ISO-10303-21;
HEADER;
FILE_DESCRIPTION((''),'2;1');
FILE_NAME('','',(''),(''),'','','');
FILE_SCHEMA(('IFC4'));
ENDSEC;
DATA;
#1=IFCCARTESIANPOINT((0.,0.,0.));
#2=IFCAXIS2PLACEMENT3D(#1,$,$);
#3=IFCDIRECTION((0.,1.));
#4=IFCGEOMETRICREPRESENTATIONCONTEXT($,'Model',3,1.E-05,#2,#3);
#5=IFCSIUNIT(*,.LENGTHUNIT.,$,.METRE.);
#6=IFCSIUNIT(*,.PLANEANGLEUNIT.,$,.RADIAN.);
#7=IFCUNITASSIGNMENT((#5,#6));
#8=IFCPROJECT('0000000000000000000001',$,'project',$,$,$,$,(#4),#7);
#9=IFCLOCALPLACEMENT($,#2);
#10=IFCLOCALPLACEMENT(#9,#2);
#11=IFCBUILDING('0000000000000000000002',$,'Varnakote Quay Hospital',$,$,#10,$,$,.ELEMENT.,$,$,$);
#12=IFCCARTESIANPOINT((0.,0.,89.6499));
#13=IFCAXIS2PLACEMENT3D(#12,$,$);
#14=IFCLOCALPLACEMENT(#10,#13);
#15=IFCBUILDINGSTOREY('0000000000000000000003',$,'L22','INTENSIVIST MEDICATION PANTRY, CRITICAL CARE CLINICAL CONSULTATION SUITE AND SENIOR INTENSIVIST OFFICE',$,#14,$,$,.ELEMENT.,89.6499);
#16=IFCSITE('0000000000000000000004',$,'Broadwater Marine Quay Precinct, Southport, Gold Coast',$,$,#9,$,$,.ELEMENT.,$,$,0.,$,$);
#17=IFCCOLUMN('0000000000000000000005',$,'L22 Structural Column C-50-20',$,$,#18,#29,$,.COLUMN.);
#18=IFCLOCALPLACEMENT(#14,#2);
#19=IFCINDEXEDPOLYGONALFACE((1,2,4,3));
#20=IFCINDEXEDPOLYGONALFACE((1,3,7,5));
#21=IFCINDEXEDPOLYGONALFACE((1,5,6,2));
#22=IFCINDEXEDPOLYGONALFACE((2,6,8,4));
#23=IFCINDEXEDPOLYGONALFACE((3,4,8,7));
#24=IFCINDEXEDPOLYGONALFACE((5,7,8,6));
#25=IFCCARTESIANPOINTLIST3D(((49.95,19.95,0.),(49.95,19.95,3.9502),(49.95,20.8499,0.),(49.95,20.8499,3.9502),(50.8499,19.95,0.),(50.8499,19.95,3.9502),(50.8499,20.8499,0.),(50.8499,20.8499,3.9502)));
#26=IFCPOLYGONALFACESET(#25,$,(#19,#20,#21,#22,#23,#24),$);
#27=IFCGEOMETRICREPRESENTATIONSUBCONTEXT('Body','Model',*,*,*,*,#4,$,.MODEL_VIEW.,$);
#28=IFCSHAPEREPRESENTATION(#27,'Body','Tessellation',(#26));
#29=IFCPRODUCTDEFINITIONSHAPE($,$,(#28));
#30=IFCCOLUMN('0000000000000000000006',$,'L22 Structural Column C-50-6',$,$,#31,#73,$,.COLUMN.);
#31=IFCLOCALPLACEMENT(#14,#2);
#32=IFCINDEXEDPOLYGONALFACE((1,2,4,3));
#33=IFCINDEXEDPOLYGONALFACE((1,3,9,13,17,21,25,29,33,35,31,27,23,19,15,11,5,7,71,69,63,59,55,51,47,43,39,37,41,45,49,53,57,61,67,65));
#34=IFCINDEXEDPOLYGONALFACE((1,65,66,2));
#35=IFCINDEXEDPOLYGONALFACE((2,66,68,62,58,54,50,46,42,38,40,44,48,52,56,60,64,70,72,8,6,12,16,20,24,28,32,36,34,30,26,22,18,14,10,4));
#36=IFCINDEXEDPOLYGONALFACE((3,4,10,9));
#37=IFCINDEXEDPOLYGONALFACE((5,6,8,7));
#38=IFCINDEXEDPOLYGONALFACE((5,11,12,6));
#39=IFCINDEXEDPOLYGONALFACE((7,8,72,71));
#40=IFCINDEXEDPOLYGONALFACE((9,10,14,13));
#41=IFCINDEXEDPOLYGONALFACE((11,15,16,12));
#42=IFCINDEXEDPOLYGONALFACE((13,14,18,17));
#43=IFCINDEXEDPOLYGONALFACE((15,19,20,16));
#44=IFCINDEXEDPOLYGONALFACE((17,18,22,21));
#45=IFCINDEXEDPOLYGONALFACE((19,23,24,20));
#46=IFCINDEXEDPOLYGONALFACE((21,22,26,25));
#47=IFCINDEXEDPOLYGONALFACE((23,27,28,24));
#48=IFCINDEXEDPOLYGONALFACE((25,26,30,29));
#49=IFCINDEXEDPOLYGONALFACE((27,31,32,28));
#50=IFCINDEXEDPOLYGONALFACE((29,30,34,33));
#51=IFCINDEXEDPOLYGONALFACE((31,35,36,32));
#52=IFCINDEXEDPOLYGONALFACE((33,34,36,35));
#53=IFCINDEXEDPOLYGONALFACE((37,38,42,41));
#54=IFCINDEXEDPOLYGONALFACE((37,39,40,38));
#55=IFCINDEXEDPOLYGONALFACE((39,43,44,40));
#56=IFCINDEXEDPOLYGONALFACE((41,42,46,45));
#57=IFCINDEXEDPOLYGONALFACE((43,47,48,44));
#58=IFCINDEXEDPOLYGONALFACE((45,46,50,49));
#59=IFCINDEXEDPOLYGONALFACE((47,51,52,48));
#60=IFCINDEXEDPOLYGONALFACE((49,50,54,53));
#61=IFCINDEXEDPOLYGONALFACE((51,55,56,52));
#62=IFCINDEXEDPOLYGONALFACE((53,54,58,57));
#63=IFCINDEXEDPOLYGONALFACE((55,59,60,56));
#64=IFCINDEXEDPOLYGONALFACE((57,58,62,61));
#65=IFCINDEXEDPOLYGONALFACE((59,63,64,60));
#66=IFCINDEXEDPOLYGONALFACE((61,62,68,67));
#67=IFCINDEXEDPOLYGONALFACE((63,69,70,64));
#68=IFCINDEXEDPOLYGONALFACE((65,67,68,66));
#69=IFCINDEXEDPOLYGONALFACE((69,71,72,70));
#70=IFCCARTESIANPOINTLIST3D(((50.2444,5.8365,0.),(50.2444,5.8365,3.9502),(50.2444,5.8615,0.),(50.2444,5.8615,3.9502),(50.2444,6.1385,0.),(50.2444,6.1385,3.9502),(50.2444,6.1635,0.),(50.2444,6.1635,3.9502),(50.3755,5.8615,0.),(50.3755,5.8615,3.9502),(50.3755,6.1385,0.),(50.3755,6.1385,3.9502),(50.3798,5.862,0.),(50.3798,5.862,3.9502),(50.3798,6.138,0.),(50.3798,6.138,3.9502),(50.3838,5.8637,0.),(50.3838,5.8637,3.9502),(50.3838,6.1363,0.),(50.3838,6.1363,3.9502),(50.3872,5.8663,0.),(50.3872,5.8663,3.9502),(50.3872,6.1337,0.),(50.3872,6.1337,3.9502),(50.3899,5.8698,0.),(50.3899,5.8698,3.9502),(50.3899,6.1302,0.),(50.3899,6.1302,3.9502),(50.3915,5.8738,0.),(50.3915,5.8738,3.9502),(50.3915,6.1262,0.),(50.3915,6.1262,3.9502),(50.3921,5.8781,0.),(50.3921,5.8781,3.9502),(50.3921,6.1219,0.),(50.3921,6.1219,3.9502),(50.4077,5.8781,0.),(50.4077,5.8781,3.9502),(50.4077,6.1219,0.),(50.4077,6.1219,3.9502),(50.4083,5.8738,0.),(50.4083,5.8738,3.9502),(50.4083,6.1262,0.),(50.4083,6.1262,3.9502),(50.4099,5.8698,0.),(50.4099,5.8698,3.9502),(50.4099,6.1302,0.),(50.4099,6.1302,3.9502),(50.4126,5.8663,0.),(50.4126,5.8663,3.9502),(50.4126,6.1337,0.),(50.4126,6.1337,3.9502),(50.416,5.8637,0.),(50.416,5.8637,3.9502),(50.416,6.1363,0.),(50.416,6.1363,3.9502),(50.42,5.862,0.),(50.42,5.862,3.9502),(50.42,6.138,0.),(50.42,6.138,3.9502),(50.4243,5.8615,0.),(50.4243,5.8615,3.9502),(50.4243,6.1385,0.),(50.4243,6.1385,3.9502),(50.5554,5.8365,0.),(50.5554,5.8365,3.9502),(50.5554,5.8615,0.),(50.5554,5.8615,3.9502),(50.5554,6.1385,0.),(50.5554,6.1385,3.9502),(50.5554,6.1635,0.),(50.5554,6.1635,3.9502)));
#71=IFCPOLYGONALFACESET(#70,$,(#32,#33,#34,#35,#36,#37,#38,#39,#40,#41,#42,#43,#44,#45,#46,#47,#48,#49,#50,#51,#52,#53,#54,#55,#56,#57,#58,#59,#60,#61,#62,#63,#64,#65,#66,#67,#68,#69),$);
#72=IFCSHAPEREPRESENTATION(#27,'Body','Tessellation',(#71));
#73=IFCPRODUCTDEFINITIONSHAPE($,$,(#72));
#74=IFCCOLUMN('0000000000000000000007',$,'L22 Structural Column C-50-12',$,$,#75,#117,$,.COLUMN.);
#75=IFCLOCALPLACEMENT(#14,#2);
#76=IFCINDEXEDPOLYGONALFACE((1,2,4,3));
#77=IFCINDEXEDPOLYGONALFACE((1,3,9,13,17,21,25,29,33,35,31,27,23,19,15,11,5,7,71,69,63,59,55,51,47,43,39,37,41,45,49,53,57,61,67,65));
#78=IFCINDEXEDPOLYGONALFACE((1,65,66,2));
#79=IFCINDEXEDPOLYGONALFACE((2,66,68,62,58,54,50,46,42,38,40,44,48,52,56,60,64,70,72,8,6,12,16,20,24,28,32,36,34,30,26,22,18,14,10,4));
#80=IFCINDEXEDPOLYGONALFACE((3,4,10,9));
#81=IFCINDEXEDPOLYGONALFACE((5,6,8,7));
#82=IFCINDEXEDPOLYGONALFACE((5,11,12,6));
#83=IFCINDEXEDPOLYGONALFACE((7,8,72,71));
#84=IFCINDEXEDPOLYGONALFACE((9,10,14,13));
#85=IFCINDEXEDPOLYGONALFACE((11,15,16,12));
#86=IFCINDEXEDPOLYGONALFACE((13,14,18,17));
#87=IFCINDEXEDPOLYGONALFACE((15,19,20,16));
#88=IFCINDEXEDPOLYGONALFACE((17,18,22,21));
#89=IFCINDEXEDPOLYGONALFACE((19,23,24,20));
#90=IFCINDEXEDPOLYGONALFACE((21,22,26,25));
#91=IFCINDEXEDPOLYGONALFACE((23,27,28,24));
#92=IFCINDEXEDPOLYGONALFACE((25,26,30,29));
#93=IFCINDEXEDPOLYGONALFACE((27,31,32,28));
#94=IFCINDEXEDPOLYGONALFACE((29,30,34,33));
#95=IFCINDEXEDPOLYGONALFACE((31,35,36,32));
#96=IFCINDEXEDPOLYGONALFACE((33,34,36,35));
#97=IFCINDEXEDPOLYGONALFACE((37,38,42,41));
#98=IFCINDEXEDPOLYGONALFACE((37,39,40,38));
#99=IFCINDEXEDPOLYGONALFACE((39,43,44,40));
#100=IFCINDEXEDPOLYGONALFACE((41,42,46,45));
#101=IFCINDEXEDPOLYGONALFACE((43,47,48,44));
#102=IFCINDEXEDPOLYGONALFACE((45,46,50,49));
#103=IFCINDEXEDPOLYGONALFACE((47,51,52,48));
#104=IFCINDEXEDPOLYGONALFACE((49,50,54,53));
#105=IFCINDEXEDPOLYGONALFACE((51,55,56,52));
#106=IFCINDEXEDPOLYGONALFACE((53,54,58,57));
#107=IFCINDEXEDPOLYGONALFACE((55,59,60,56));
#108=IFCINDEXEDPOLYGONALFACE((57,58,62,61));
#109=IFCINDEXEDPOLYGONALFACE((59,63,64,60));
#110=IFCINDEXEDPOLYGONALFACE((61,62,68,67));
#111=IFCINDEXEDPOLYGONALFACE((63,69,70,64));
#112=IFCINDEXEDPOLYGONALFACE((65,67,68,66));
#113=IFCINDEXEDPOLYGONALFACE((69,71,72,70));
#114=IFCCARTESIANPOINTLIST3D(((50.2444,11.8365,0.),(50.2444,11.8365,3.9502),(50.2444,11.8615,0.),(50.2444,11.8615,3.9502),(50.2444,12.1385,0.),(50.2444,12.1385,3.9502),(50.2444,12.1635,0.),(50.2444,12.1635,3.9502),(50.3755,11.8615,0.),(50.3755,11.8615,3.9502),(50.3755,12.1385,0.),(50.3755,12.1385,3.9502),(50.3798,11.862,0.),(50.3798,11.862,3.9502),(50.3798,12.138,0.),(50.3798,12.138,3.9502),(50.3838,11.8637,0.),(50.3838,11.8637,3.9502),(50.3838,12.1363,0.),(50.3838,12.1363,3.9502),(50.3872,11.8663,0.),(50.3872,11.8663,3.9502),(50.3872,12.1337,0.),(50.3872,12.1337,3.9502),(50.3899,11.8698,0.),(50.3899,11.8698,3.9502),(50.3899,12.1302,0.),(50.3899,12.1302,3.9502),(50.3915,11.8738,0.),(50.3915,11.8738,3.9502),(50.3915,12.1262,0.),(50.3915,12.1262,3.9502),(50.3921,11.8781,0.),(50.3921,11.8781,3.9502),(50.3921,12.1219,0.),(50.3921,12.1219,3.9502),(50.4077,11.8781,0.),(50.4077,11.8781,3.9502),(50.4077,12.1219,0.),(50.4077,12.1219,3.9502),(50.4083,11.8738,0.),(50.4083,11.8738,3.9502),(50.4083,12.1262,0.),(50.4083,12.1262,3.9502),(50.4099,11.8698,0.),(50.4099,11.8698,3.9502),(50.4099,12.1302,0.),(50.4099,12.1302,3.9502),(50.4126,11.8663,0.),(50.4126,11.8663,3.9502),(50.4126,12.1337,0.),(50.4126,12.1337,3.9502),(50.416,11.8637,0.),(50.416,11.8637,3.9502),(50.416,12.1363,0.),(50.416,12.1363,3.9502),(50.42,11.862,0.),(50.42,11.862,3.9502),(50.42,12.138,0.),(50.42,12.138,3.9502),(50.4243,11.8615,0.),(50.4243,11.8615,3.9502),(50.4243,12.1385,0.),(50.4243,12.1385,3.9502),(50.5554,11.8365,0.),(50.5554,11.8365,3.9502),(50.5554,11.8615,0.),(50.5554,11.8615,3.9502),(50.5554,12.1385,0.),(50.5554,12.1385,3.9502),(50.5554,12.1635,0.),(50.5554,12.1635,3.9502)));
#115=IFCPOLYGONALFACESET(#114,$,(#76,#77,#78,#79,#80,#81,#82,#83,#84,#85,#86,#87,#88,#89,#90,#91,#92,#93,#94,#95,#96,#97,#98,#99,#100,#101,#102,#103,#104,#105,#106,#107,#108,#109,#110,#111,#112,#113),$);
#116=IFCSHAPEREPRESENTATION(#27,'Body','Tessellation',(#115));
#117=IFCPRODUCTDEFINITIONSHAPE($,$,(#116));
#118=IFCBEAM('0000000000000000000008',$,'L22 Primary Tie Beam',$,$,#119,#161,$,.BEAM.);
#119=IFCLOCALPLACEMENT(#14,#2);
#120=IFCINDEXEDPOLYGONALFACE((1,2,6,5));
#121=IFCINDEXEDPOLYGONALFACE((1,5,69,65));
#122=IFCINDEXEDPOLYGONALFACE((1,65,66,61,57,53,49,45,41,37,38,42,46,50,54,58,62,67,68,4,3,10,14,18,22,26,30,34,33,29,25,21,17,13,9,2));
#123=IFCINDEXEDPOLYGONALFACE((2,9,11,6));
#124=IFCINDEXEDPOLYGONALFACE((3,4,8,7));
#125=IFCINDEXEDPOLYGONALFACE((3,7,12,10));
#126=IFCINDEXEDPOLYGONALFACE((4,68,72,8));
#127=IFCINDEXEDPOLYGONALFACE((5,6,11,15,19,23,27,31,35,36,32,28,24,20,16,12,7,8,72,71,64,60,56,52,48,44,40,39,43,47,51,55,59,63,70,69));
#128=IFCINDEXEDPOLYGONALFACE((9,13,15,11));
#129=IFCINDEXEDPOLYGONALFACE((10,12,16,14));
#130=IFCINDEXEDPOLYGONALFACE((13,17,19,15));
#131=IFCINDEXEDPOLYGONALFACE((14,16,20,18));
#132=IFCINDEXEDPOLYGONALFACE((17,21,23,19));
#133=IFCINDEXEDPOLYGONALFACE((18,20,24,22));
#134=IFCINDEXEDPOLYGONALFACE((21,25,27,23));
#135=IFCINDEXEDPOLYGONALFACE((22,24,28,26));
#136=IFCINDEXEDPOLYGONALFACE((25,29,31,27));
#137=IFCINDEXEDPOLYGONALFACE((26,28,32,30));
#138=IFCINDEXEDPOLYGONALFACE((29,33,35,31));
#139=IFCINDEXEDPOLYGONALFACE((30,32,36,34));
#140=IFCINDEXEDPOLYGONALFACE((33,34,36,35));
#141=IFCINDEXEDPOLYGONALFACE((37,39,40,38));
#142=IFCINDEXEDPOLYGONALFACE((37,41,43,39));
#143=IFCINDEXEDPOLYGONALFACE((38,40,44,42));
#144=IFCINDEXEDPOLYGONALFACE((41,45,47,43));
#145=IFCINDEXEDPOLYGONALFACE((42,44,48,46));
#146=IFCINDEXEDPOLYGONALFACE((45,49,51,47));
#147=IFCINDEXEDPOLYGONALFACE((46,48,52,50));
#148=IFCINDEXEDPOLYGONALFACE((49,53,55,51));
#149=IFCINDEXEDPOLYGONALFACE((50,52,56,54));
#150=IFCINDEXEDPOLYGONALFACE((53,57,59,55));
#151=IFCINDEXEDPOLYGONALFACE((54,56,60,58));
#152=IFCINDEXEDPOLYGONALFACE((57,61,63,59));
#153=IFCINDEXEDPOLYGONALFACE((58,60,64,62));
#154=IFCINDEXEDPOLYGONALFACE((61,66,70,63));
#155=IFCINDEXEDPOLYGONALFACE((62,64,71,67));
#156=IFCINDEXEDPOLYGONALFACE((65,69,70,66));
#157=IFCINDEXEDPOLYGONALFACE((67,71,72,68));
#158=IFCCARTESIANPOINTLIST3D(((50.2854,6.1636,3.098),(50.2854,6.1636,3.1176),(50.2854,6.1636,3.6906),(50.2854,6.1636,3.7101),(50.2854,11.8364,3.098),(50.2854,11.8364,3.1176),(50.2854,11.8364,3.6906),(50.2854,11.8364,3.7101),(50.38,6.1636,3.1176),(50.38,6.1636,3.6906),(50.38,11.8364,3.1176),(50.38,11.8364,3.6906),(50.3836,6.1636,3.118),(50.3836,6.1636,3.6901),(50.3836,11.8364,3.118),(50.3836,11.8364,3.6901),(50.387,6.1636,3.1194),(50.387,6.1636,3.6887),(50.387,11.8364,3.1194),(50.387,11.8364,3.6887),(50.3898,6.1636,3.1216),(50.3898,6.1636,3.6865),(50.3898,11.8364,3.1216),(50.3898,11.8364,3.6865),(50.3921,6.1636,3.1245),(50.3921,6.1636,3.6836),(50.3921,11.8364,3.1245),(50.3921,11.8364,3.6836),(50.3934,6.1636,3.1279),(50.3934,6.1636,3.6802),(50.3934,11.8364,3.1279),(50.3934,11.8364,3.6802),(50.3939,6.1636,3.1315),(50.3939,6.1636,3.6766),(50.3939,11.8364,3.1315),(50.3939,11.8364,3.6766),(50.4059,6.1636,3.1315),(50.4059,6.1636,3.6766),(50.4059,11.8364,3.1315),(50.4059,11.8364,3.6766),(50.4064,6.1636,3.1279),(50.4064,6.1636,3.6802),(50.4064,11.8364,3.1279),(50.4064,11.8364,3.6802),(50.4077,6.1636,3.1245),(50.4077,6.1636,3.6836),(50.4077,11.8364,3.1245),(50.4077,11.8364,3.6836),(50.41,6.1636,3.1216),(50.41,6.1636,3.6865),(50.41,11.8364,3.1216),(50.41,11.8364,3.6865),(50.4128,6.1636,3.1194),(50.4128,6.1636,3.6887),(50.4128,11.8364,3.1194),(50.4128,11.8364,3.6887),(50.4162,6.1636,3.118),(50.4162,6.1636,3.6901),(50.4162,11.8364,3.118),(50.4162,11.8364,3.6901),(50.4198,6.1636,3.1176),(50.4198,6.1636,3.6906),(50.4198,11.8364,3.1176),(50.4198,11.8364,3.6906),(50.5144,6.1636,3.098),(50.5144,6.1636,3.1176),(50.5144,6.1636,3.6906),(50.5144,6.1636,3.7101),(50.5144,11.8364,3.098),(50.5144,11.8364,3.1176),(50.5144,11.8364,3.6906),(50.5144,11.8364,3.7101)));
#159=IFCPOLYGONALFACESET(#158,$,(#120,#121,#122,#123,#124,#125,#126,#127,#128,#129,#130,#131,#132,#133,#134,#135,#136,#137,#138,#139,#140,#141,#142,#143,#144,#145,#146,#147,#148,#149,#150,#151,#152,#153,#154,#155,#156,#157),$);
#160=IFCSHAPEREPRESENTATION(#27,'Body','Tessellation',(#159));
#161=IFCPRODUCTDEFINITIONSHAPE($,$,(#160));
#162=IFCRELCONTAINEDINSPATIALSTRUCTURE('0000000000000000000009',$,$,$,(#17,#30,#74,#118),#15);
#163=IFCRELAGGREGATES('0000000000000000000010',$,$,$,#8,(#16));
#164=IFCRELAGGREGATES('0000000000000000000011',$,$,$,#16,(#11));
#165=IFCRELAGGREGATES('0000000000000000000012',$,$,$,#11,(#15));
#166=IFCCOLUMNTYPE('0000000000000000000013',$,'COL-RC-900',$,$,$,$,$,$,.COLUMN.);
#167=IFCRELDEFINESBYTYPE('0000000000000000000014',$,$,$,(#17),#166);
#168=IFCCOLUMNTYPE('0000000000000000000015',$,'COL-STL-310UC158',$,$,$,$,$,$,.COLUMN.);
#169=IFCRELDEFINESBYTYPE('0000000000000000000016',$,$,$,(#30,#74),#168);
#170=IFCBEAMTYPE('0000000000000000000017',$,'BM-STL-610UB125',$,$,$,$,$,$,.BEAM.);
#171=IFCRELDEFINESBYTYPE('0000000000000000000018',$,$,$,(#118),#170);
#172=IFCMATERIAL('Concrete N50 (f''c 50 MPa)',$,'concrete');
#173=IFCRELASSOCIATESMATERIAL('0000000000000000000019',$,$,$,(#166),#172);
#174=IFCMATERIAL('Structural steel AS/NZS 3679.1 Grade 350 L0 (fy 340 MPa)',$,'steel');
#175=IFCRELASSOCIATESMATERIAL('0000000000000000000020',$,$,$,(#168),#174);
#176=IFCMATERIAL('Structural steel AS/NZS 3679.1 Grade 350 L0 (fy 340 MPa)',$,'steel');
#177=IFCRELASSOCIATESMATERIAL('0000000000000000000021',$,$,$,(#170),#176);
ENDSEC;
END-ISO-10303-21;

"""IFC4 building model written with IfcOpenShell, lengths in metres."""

from ifc_helpers import new_model, si_unit, direction, frame, origin, origin_2d, place, context, subcontext, project, spatial, rectangle, i_section, extrude, material, material_profile, profile_set, type_object, element, save


model = new_model("IFC4")

# Units and contexts
model_context = context("Model", 3, precision=1e-05, world=origin(), true_north=direction((0.0, 1.0)))
body_context = subcontext(model_context, "Body", "Model", "MODEL_VIEW")
ifc_project = project(units=[si_unit("LENGTHUNIT", "METRE"), si_unit("PLANEANGLEUNIT", "RADIAN")], contexts=[model_context])

# Site, building, storey
site_placement = place(None, origin())
site = spatial("IfcSite", under=ifc_project, at=site_placement, Name="Broadwater Marine Quay Precinct, Southport, Gold Coast", CompositionType="ELEMENT", RefElevation=0.0)
building_placement = place(site_placement, origin())
building = spatial("IfcBuilding", under=site, at=building_placement, Name="Varnakote Quay Hospital", CompositionType="ELEMENT")
storey_placement = place(building_placement, frame((0.0, 0.0, 89.6499)))
storey = spatial("IfcBuildingStorey", under=building, at=storey_placement, Name="L22", Description="INTENSIVIST MEDICATION PANTRY, CRITICAL CARE CLINICAL CONSULTATION SUITE AND SENIOR INTENSIVIST OFFICE", CompositionType="ELEMENT", Elevation=89.6499)

# Columns
ifc_material_1 = material(Name="Concrete N50 (f'c 50 MPa)", Category="concrete")
ifc_material_profile_1 = material_profile(ifc_material_1, rectangle(XDim=0.8999, YDim=0.8999, at=origin_2d()), Name="RC-COL-900x900")
ifc_profile_set_1 = profile_set([ifc_material_profile_1], Name="Concrete N50 (f'c 50 MPa)")
column_type_1 = type_object("IfcColumnType", Name="COL-RC-900", PredefinedType="COLUMN", material=ifc_profile_set_1)
column_placement = place(storey_placement, frame((50.3999, 20.3999, 0.0), z_axis=(0.0, 0.0, 1.0), x_axis=(1.0, 0.0, 0.0)))
element("IfcColumn", 1, at=column_placement, inside=storey, type_object=column_type_1, Name="L22 Structural Column C-50-20", PredefinedType="COLUMN", context=body_context, shape_type="SweptSolid", body=[
    extrude(rectangle(XDim=0.8999, YDim=0.8999, at=origin_2d()), origin(), (0.0, 0.0, 1.0), 3.9502),
])
ifc_material_2 = material(Name="Structural steel AS/NZS 3679.1 Grade 350 L0 (fy 340 MPa)", Category="steel")
ifc_material_profile_2 = material_profile(ifc_material_2, i_section(OverallWidth=0.311, OverallDepth=0.3269, WebThickness=0.0156, FlangeThickness=0.0249, FilletRadius=0.0166, at=origin_2d()), Name="310UC158")
ifc_profile_set_2 = profile_set([ifc_material_profile_2], Name="Structural steel AS/NZS 3679.1 Grade 350 L0 (fy 340 MPa)")
column_type_2 = type_object("IfcColumnType", Name="COL-STL-310UC158", PredefinedType="COLUMN", material=ifc_profile_set_2)
for number, where, z_axis, x_axis, name in (
    (2, (50.3999, 6.0, 0.0), (0.0, 0.0, 1.0), (1.0, 0.0, 0.0), "L22 Structural Column C-50-6"),
    (3, (50.3999, 12.0, 0.0), (0.0, 0.0, 1.0), (1.0, 0.0, 0.0), "L22 Structural Column C-50-12"),
):
    element("IfcColumn", number, at=place(storey_placement, frame(where, z_axis=z_axis, x_axis=x_axis)), inside=storey, type_object=column_type_2, Name=name, PredefinedType="COLUMN", context=body_context, shape_type="SweptSolid", body=[
        extrude(i_section(OverallWidth=0.311, OverallDepth=0.3269, WebThickness=0.0156, FlangeThickness=0.0249, FilletRadius=0.0166, at=origin_2d()), origin(), (0.0, 0.0, 1.0), 3.9502),
    ])

# Beam
ifc_material_3 = material(Name="Structural steel AS/NZS 3679.1 Grade 350 L0 (fy 340 MPa)", Category="steel")
ifc_material_profile_3 = material_profile(ifc_material_3, i_section(OverallWidth=0.229, OverallDepth=0.6121, WebThickness=0.012, FlangeThickness=0.0195, FilletRadius=0.0139, at=origin_2d()), Name="610UB125")
ifc_profile_set_3 = profile_set([ifc_material_profile_3], Name="Structural steel AS/NZS 3679.1 Grade 350 L0 (fy 340 MPa)")
beam_type = type_object("IfcBeamType", Name="BM-STL-610UB125", PredefinedType="BEAM", material=ifc_profile_set_3)
beam_1_placement = place(storey_placement, frame((50.3999, 6.1636, 3.4041), z_axis=(0.0, 1.0, 0.0), x_axis=(-1.0, 0.0, 0.0)))
element("IfcBeam", 4, at=beam_1_placement, inside=storey, type_object=beam_type, Name="L22 Primary Tie Beam", PredefinedType="BEAM", context=body_context, shape_type="SweptSolid", body=[
    extrude(i_section(OverallWidth=0.229, OverallDepth=0.6121, WebThickness=0.012, FlangeThickness=0.0195, FilletRadius=0.0139, at=origin_2d()), origin(), (0.0, 0.0, 1.0), 5.6729),
])

save(model, "model.ifc")
